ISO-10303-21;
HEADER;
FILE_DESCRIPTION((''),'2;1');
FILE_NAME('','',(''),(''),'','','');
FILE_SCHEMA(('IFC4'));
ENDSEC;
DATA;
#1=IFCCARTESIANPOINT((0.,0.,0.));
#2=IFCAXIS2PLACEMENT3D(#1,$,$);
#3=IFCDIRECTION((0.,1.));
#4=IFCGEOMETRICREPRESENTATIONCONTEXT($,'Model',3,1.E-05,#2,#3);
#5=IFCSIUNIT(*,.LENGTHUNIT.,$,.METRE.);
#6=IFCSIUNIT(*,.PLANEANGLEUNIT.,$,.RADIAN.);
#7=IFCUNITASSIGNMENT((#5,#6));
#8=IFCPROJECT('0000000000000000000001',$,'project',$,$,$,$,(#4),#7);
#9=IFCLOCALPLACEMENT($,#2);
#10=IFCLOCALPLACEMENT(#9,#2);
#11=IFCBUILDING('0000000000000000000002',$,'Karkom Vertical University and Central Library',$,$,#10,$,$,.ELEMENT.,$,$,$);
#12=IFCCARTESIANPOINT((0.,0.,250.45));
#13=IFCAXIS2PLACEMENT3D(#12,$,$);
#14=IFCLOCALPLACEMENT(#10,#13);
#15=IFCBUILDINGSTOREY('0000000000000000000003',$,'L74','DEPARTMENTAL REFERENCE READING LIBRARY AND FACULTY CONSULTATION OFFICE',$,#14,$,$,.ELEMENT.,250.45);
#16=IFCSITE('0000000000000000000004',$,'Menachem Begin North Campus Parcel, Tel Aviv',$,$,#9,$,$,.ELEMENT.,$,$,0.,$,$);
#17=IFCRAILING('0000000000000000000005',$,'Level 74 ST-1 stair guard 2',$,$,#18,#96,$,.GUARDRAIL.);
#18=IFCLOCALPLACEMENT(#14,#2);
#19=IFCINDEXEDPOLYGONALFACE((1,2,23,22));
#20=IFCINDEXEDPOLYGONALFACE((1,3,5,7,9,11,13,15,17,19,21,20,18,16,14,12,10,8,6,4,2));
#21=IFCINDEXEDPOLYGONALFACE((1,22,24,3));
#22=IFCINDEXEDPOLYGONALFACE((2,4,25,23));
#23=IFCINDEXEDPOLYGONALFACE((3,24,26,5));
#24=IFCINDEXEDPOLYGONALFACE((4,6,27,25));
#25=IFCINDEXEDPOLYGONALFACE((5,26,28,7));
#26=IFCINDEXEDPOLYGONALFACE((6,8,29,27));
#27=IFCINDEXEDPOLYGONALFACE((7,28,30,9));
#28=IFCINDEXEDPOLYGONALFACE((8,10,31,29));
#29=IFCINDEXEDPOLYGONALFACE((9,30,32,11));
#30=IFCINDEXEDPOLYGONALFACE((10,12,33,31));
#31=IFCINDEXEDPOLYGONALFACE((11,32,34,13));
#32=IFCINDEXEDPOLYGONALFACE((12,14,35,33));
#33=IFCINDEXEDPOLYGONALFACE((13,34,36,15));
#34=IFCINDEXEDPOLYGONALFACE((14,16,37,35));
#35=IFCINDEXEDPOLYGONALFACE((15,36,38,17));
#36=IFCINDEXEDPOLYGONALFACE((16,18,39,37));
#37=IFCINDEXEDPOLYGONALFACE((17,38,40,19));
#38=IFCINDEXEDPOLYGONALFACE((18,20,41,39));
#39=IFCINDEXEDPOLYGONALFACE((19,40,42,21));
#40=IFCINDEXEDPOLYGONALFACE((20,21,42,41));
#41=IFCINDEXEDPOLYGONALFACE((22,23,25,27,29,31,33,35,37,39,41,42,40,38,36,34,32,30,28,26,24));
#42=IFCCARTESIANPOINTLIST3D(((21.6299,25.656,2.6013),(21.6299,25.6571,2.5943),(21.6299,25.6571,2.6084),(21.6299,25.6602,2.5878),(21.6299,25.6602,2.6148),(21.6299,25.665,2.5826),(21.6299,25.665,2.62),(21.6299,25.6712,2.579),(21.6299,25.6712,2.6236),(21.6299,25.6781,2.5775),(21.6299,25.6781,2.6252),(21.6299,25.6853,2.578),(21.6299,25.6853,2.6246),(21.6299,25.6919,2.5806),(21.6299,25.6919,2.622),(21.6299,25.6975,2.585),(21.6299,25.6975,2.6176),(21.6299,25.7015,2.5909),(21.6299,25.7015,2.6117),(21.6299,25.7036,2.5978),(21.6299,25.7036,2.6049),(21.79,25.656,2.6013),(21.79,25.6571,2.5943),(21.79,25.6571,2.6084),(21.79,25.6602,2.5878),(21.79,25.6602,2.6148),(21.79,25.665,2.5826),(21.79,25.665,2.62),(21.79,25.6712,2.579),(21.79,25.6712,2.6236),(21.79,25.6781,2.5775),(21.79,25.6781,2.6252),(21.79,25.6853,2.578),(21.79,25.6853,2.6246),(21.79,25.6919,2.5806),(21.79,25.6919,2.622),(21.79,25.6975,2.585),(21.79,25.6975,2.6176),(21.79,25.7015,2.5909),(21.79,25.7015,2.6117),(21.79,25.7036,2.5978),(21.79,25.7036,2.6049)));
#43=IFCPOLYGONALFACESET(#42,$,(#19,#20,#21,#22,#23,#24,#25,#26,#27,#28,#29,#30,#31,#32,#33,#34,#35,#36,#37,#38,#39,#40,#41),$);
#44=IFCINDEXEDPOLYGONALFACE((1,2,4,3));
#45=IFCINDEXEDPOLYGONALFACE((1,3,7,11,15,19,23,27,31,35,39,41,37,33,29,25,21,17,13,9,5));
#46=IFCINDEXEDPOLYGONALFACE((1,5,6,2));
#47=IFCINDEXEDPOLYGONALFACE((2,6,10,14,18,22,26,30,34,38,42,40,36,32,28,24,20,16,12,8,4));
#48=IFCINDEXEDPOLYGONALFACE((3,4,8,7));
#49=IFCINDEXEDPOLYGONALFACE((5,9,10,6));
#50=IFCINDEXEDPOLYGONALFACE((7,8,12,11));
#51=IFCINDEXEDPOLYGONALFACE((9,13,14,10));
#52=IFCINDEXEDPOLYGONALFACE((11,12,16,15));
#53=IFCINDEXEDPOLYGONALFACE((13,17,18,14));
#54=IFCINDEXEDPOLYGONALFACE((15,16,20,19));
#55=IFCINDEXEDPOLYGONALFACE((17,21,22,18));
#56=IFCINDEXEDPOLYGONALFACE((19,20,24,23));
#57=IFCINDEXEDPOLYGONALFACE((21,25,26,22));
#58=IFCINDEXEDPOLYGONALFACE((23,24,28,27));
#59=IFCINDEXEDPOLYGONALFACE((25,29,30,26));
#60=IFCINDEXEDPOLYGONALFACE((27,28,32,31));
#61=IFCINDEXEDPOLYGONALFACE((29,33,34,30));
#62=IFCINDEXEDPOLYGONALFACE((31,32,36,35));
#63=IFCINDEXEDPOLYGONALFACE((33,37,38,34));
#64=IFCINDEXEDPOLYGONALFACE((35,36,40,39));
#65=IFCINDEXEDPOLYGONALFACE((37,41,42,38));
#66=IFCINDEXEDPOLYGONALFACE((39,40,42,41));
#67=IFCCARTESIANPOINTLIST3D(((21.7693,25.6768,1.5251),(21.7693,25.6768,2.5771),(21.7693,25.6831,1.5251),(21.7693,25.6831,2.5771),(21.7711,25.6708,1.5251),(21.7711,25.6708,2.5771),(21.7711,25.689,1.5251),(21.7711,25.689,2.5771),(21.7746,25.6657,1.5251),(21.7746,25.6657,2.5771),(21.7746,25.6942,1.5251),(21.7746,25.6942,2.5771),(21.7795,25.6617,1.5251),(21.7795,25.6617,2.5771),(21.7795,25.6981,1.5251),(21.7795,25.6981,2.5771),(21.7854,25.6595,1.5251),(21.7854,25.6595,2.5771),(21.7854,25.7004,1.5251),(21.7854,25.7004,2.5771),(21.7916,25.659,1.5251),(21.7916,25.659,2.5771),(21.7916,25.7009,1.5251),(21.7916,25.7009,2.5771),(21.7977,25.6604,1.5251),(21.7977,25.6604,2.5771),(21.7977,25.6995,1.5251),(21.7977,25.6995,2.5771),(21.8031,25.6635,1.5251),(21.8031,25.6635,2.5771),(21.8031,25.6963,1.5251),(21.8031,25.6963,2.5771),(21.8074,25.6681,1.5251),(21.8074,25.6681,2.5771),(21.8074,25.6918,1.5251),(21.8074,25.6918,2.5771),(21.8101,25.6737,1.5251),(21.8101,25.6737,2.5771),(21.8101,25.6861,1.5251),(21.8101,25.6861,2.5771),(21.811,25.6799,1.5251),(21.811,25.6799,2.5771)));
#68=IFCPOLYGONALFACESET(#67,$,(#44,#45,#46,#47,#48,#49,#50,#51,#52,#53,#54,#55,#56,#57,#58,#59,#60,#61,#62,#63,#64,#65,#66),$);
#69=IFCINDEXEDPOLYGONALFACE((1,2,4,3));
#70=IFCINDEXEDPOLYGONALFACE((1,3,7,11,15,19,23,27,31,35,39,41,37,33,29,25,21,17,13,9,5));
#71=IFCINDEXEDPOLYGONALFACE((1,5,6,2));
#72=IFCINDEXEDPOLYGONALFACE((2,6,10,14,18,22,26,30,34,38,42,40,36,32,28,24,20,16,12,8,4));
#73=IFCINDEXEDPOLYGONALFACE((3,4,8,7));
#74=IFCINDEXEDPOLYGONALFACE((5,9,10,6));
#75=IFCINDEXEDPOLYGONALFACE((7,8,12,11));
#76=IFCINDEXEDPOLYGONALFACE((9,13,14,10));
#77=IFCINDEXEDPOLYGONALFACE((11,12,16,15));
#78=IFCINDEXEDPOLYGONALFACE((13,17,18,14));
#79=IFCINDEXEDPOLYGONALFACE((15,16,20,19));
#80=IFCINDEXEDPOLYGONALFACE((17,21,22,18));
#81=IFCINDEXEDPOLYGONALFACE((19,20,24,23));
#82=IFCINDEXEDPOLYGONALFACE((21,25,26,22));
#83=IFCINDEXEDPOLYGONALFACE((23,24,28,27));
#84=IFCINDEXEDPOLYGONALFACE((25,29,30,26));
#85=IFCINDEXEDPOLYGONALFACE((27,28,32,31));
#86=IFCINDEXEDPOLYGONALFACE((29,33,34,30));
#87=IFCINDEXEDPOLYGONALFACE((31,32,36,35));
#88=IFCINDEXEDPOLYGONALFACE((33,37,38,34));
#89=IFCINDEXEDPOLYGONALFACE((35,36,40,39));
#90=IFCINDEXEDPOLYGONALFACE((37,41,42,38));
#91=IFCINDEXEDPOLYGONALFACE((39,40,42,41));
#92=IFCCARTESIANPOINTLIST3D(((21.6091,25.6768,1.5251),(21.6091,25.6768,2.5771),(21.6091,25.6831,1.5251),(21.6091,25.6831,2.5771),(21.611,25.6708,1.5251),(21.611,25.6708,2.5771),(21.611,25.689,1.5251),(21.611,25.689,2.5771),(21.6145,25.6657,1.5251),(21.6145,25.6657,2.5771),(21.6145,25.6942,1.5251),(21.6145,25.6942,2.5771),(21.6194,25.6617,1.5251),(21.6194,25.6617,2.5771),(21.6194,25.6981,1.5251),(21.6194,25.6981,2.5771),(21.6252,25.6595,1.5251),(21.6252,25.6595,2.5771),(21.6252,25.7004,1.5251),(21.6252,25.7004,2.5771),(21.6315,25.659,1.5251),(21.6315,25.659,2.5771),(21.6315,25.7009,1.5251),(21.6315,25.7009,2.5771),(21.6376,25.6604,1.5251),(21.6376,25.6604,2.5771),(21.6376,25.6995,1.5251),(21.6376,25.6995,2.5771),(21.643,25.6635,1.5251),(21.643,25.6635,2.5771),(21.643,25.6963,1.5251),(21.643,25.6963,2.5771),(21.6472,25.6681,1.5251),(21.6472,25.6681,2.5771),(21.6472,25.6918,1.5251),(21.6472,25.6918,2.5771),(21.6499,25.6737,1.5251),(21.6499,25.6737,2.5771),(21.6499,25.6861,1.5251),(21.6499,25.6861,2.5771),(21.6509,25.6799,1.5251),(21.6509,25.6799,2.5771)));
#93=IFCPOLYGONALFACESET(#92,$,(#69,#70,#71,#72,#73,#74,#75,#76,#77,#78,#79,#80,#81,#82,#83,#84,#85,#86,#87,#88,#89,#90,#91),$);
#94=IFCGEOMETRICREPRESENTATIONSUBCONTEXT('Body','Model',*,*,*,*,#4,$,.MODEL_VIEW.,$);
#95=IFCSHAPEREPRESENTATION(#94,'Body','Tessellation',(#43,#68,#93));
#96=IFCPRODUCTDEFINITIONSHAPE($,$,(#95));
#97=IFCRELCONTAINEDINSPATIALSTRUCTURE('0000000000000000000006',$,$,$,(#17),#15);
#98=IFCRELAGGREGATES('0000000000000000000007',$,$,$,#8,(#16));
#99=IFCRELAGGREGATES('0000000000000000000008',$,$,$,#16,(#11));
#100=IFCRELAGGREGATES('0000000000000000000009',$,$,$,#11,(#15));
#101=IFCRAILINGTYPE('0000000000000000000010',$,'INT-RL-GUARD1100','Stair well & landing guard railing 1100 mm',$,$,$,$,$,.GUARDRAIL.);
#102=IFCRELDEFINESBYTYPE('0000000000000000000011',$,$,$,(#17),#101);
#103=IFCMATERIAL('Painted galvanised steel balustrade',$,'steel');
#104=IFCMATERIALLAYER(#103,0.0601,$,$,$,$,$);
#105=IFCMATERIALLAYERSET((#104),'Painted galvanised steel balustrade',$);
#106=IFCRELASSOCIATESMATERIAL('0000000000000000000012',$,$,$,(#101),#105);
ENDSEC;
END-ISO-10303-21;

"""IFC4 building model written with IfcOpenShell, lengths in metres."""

from ifc_helpers import new_model, si_unit, direction, frame, origin, origin_2d, place, context, subcontext, project, spatial, circle, extrude, material, layer, layer_set, type_object, element, save


model = new_model("IFC4")

# Units and contexts
model_context = context("Model", 3, precision=1e-05, world=origin(), true_north=direction((0.0, 1.0)))
body_context = subcontext(model_context, "Body", "Model", "MODEL_VIEW")
ifc_project = project(units=[si_unit("LENGTHUNIT", "METRE"), si_unit("PLANEANGLEUNIT", "RADIAN")], contexts=[model_context])

# Site, building, storey
site_placement = place(None, origin())
site = spatial("IfcSite", under=ifc_project, at=site_placement, Name="Menachem Begin North Campus Parcel, Tel Aviv", CompositionType="ELEMENT", RefElevation=0.0)
building_placement = place(site_placement, origin())
building = spatial("IfcBuilding", under=site, at=building_placement, Name="Karkom Vertical University and Central Library", CompositionType="ELEMENT")
storey_placement = place(building_placement, frame((0.0, 0.0, 250.45)))
storey = spatial("IfcBuildingStorey", under=building, at=storey_placement, Name="L74", Description="DEPARTMENTAL REFERENCE READING LIBRARY AND FACULTY CONSULTATION OFFICE", CompositionType="ELEMENT", Elevation=250.45)

# Railing
ifc_material_1 = material(Name="Painted galvanised steel balustrade", Category="steel")
ifc_layer_1 = layer(ifc_material_1, 0.0601)
ifc_layer_set_1 = layer_set([ifc_layer_1], Name="Painted galvanised steel balustrade")
railing_type = type_object("IfcRailingType", Name="INT-RL-GUARD1100", Description="Stair well & landing guard railing 1100 mm", PredefinedType="GUARDRAIL", material=ifc_layer_set_1)
railing_1_placement = place(storey_placement, frame((21.79, 25.6799, 1.5251)))
element("IfcRailing", 1, at=railing_1_placement, inside=storey, type_object=railing_type, Name="Level 74 ST-1 stair guard 2", PredefinedType="GUARDRAIL", context=body_context, shape_type="SweptSolid", body=[
    extrude(circle(Radius=0.0239, at=origin_2d()), frame((0.0, 0.0, 1.0762), z_axis=(-1.0, 0.0, 0.0), x_axis=(0.0, -1.0, 0.0)), (0.0, 0.0, 1.0), 0.1602),
    extrude(circle(Radius=0.021, at=origin_2d()), origin(), (0.0, 0.0, 1.0), 1.052),
    extrude(circle(Radius=0.021, at=origin_2d()), frame((-0.1602, 0.0, 0.0)), (0.0, 0.0, 1.0), 1.052),
])

save(model, "model.ifc")
